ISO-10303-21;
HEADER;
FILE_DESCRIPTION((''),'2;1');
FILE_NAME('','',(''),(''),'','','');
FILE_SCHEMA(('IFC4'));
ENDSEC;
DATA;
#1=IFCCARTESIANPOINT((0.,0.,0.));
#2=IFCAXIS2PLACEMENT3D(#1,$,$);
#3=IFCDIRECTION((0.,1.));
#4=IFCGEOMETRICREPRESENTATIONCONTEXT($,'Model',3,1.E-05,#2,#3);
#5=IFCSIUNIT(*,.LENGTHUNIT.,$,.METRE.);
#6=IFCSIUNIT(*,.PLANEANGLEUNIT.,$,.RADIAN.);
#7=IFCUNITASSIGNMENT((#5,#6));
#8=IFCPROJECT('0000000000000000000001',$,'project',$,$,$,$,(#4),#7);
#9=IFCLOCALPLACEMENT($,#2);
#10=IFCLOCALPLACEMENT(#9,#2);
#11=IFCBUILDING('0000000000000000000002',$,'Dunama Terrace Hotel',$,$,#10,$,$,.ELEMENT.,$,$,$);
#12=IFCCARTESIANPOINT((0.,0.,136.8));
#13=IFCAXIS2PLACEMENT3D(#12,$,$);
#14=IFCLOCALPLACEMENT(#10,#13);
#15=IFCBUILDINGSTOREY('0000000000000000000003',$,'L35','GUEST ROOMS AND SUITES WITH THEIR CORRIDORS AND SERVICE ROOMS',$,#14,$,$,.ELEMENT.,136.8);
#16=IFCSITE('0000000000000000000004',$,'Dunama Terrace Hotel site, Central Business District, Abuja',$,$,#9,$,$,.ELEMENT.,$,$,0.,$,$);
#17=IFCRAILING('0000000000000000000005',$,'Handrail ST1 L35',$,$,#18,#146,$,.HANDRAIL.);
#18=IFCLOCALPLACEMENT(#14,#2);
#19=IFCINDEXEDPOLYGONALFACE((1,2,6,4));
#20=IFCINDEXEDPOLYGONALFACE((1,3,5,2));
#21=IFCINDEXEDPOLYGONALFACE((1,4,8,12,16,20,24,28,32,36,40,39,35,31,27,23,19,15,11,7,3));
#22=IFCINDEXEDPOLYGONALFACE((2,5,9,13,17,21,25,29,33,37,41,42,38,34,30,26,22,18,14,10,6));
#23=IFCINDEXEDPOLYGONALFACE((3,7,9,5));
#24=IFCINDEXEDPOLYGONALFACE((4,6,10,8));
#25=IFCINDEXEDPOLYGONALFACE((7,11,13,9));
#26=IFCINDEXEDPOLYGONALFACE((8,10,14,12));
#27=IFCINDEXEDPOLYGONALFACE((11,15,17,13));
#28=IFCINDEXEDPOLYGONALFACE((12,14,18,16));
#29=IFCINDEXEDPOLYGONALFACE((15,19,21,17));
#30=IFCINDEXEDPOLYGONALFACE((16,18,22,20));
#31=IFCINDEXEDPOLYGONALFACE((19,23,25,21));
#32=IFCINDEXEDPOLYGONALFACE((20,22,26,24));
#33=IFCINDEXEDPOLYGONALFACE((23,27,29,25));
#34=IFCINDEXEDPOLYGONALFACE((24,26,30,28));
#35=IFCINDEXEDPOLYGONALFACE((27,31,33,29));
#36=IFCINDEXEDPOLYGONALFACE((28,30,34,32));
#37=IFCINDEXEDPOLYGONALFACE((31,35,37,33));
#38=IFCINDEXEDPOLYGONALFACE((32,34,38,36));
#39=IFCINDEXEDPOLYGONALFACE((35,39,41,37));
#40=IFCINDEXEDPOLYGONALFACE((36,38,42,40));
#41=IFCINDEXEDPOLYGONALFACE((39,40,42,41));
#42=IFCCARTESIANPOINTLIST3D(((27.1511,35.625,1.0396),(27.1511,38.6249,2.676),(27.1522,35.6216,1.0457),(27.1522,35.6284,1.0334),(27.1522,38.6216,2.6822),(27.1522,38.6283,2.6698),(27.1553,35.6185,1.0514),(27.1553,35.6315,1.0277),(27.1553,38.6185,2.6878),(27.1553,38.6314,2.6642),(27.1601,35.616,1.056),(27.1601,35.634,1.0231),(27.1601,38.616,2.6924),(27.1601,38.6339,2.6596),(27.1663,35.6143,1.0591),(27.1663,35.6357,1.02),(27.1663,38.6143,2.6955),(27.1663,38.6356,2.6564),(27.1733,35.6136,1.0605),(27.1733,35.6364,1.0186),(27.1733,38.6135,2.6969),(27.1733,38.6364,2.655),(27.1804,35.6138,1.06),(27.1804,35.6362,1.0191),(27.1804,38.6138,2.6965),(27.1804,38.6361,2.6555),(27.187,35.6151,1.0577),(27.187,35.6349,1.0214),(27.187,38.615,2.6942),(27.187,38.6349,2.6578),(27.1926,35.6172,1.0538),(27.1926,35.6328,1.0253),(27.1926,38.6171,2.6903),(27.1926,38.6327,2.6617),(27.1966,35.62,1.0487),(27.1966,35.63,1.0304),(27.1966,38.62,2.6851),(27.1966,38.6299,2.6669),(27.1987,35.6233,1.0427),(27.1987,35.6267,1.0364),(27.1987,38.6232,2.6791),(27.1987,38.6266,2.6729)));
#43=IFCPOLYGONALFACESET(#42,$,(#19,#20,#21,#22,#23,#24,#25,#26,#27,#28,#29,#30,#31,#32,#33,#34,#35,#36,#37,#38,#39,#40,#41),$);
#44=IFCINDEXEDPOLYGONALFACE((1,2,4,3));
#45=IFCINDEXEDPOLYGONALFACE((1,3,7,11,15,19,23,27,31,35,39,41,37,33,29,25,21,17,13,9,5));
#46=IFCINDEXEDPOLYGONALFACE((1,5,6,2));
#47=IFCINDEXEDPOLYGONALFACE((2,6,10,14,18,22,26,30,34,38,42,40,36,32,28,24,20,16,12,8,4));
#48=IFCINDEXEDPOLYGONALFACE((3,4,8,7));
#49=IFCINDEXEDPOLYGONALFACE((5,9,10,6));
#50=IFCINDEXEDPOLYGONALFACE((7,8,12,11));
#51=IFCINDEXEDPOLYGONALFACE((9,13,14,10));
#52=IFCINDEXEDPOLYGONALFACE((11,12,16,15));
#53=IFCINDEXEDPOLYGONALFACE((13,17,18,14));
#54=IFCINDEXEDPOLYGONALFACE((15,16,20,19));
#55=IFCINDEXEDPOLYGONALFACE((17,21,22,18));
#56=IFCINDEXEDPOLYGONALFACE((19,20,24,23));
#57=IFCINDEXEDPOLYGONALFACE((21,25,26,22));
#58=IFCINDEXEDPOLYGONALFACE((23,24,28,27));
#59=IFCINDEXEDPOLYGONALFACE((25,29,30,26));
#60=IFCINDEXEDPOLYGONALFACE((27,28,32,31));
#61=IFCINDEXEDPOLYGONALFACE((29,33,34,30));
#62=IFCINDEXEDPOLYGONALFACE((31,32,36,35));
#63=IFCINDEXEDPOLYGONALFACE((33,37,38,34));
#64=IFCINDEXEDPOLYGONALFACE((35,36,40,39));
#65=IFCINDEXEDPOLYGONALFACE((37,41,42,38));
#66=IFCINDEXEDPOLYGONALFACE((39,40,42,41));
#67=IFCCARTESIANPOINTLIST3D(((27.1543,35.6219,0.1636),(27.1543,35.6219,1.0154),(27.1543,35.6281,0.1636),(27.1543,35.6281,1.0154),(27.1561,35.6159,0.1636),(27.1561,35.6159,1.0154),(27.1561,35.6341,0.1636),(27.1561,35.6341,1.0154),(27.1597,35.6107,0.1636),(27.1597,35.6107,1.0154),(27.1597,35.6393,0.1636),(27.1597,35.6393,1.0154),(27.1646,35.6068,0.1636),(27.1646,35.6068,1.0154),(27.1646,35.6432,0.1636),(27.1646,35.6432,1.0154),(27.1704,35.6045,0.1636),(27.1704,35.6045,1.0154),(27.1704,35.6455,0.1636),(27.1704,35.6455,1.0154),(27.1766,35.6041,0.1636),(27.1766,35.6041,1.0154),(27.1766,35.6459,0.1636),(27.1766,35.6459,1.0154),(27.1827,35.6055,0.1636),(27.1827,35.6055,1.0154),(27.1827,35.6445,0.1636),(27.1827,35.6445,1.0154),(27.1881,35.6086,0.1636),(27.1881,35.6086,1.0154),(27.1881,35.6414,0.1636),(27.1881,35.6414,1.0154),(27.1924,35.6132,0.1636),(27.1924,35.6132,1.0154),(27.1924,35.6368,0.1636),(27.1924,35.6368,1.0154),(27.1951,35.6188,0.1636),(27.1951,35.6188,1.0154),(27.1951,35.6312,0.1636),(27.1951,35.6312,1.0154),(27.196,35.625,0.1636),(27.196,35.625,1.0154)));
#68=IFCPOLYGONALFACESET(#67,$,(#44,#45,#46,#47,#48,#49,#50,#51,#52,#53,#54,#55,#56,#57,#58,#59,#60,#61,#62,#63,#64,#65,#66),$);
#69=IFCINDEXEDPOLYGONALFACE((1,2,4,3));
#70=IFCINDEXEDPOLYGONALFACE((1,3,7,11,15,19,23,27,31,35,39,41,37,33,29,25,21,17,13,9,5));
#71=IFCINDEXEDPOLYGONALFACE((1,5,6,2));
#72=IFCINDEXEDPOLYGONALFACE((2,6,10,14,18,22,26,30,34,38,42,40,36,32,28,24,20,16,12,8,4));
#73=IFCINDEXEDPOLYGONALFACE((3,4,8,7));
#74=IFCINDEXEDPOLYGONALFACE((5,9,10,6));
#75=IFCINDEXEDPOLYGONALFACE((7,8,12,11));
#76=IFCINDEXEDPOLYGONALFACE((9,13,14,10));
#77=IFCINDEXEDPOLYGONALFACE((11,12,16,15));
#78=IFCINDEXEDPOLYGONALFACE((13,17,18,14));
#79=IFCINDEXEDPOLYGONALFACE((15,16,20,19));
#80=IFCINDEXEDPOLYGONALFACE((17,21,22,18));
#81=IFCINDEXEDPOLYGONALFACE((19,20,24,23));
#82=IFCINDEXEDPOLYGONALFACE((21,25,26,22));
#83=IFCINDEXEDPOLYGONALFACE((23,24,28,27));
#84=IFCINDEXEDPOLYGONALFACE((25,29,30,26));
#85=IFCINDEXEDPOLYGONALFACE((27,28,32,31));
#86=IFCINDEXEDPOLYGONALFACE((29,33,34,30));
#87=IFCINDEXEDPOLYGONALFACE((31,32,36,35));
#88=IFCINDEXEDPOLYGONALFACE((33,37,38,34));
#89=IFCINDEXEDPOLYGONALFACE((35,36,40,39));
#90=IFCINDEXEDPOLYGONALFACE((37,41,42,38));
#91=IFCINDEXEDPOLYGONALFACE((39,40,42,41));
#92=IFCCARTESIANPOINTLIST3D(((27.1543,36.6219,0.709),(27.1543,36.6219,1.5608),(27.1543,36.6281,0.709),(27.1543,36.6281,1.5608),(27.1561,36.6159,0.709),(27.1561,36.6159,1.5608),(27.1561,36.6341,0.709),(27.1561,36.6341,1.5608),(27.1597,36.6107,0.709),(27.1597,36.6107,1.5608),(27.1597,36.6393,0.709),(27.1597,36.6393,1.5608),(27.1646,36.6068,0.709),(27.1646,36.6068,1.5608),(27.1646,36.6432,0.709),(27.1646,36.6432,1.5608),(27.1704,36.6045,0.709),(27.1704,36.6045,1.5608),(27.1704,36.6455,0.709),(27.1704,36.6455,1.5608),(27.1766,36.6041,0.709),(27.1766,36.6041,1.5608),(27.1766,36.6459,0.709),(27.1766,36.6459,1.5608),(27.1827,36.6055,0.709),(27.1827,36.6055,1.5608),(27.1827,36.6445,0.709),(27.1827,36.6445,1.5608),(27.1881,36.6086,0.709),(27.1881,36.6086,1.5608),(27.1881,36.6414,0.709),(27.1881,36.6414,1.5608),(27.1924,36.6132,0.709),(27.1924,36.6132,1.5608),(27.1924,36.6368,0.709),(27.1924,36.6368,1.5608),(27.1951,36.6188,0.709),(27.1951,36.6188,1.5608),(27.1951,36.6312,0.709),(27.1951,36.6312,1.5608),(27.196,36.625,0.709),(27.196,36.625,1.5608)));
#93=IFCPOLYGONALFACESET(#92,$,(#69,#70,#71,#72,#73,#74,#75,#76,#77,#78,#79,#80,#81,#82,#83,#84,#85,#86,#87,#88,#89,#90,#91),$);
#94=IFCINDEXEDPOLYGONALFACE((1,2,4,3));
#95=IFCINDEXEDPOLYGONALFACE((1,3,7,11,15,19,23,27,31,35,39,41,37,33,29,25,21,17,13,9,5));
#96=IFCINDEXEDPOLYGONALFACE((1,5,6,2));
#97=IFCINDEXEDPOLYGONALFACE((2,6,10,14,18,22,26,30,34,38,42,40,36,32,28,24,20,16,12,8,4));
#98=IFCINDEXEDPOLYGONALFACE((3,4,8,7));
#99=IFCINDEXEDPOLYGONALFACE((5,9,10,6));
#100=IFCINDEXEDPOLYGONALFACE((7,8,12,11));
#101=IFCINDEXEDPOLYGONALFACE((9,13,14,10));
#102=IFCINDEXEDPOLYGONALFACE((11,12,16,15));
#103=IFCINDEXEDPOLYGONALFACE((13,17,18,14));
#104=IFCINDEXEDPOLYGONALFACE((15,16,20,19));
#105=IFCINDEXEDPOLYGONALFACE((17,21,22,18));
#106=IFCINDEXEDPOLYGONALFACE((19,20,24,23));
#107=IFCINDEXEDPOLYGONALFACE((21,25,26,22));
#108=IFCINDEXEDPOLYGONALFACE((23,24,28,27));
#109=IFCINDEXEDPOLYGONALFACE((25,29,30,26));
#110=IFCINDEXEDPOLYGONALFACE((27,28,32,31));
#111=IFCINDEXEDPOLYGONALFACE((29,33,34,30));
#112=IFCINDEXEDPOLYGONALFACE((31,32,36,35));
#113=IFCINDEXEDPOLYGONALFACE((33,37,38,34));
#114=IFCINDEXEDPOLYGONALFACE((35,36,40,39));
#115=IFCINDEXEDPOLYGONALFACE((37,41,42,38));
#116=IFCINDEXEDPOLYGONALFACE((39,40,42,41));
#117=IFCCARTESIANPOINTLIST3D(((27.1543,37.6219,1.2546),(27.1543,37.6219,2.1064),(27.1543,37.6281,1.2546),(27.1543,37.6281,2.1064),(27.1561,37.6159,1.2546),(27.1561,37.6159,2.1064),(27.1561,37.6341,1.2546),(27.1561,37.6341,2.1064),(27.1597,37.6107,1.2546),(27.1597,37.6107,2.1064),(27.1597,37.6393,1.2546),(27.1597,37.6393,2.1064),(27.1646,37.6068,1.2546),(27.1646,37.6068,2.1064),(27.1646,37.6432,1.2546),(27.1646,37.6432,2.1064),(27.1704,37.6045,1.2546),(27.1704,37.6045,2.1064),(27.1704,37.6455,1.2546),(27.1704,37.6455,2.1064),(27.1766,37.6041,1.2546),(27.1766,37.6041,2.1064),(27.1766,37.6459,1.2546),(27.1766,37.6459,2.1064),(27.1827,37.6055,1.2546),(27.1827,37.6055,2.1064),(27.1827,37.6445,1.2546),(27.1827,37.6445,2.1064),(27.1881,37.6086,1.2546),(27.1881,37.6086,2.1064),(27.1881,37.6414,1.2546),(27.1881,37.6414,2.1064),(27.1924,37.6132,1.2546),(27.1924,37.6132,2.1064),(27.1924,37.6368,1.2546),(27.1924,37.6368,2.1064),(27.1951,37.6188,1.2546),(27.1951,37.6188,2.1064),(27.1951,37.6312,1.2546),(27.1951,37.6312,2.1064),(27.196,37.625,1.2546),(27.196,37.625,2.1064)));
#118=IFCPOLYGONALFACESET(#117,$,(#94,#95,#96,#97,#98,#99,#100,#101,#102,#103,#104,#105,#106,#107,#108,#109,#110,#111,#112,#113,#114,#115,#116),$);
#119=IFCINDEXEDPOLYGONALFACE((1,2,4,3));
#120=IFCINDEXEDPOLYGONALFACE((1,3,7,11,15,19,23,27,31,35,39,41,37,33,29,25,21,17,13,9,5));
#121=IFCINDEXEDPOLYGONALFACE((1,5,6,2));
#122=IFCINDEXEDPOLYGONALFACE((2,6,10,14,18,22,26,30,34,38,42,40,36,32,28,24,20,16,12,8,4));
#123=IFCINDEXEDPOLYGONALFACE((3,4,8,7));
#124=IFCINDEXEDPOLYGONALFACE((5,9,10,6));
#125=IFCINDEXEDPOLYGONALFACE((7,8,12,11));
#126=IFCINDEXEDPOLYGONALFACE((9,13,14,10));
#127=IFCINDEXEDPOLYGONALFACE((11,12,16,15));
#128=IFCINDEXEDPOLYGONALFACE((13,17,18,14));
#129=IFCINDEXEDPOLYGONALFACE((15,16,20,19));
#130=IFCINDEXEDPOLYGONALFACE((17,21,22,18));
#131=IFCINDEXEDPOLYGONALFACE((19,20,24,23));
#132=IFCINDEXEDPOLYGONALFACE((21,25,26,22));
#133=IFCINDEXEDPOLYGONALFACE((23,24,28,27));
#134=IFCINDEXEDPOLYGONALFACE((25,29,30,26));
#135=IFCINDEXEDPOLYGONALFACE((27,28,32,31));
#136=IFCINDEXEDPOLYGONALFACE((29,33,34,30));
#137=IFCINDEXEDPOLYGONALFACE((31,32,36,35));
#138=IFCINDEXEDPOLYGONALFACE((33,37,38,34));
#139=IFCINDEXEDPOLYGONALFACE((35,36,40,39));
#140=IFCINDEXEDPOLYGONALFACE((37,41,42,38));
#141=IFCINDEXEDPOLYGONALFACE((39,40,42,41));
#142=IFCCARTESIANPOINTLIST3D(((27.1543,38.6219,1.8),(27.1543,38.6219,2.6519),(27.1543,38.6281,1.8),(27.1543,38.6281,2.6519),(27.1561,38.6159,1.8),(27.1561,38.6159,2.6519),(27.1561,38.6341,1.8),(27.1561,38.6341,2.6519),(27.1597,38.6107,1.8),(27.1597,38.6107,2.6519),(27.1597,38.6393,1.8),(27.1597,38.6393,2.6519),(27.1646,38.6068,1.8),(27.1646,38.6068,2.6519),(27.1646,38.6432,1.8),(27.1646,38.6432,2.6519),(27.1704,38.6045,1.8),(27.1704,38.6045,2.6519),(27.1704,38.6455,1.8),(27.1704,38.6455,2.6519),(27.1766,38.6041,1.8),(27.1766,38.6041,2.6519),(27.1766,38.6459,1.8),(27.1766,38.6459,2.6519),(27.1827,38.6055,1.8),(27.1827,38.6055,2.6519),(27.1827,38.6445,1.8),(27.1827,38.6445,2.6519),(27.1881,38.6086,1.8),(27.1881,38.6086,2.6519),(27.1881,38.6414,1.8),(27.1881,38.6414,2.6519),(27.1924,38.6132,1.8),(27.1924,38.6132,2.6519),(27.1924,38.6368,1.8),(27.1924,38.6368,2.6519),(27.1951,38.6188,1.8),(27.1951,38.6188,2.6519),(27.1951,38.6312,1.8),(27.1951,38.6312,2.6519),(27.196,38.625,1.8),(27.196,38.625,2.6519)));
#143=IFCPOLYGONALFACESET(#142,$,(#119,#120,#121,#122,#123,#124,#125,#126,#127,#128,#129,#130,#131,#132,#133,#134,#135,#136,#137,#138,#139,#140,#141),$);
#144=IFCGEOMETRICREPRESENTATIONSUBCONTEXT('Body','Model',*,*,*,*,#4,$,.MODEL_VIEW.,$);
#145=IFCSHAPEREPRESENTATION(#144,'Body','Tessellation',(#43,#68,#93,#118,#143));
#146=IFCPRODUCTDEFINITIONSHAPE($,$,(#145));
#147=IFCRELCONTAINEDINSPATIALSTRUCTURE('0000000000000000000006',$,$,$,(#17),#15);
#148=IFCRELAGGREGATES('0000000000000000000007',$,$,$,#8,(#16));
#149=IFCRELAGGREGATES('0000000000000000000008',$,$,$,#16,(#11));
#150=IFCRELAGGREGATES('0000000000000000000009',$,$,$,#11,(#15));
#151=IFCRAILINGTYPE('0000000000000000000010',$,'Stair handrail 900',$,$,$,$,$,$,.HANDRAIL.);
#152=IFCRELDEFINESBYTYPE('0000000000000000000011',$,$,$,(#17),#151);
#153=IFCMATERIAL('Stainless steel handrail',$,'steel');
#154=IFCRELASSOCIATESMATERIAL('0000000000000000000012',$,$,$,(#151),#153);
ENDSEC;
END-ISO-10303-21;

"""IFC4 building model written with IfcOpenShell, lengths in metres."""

from ifc_helpers import new_model, si_unit, direction, frame, origin, origin_2d, place, context, subcontext, project, spatial, circle, extrude, material, type_object, element, save


model = new_model("IFC4")

# Units and contexts
model_context = context("Model", 3, precision=1e-05, world=origin(), true_north=direction((0.0, 1.0)))
body_context = subcontext(model_context, "Body", "Model", "MODEL_VIEW")
ifc_project = project(units=[si_unit("LENGTHUNIT", "METRE"), si_unit("PLANEANGLEUNIT", "RADIAN")], contexts=[model_context])

# Site, building, storey
site_placement = place(None, origin())
site = spatial("IfcSite", under=ifc_project, at=site_placement, Name="Dunama Terrace Hotel site, Central Business District, Abuja", CompositionType="ELEMENT", RefElevation=0.0)
building_placement = place(site_placement, origin())
building = spatial("IfcBuilding", under=site, at=building_placement, Name="Dunama Terrace Hotel", CompositionType="ELEMENT")
storey_placement = place(building_placement, frame((0.0, 0.0, 136.8)))
storey = spatial("IfcBuildingStorey", under=building, at=storey_placement, Name="L35", Description="GUEST ROOMS AND SUITES WITH THEIR CORRIDORS AND SERVICE ROOMS", CompositionType="ELEMENT", Elevation=136.8)

# Railing
ifc_material_1 = material(Name="Stainless steel handrail", Category="steel")
railing_type = type_object("IfcRailingType", Name="Stair handrail 900", PredefinedType="HANDRAIL", material=ifc_material_1)
railing_1_placement = place(storey_placement, frame((27.175, 35.625, 0.1636)))
element("IfcRailing", 1, at=railing_1_placement, inside=storey, type_object=railing_type, Name="Handrail ST1 L35", PredefinedType="HANDRAIL", context=body_context, shape_type="SweptSolid", body=[
    extrude(circle(Radius=0.0239, at=origin_2d()), frame((0.0, 0.0, 0.876), z_axis=(0.0, 0.877882, 0.478877), x_axis=(-1.0, 0.0, 0.0)), (0.0, 0.0, 1.0), 3.4172),
    extrude(circle(Radius=0.021, at=origin_2d()), origin(), (0.0, 0.0, 1.0), 0.8518),
    extrude(circle(Radius=0.021, at=origin_2d()), frame((0.0, 1.0, 0.5454)), (0.0, 0.0, 1.0), 0.8518),
    extrude(circle(Radius=0.021, at=origin_2d()), frame((0.0, 2.0, 1.0911)), (0.0, 0.0, 1.0), 0.8518),
    extrude(circle(Radius=0.021, at=origin_2d()), frame((0.0, 3.0, 1.6365)), (0.0, 0.0, 1.0), 0.8518),
])

save(model, "model.ifc")
